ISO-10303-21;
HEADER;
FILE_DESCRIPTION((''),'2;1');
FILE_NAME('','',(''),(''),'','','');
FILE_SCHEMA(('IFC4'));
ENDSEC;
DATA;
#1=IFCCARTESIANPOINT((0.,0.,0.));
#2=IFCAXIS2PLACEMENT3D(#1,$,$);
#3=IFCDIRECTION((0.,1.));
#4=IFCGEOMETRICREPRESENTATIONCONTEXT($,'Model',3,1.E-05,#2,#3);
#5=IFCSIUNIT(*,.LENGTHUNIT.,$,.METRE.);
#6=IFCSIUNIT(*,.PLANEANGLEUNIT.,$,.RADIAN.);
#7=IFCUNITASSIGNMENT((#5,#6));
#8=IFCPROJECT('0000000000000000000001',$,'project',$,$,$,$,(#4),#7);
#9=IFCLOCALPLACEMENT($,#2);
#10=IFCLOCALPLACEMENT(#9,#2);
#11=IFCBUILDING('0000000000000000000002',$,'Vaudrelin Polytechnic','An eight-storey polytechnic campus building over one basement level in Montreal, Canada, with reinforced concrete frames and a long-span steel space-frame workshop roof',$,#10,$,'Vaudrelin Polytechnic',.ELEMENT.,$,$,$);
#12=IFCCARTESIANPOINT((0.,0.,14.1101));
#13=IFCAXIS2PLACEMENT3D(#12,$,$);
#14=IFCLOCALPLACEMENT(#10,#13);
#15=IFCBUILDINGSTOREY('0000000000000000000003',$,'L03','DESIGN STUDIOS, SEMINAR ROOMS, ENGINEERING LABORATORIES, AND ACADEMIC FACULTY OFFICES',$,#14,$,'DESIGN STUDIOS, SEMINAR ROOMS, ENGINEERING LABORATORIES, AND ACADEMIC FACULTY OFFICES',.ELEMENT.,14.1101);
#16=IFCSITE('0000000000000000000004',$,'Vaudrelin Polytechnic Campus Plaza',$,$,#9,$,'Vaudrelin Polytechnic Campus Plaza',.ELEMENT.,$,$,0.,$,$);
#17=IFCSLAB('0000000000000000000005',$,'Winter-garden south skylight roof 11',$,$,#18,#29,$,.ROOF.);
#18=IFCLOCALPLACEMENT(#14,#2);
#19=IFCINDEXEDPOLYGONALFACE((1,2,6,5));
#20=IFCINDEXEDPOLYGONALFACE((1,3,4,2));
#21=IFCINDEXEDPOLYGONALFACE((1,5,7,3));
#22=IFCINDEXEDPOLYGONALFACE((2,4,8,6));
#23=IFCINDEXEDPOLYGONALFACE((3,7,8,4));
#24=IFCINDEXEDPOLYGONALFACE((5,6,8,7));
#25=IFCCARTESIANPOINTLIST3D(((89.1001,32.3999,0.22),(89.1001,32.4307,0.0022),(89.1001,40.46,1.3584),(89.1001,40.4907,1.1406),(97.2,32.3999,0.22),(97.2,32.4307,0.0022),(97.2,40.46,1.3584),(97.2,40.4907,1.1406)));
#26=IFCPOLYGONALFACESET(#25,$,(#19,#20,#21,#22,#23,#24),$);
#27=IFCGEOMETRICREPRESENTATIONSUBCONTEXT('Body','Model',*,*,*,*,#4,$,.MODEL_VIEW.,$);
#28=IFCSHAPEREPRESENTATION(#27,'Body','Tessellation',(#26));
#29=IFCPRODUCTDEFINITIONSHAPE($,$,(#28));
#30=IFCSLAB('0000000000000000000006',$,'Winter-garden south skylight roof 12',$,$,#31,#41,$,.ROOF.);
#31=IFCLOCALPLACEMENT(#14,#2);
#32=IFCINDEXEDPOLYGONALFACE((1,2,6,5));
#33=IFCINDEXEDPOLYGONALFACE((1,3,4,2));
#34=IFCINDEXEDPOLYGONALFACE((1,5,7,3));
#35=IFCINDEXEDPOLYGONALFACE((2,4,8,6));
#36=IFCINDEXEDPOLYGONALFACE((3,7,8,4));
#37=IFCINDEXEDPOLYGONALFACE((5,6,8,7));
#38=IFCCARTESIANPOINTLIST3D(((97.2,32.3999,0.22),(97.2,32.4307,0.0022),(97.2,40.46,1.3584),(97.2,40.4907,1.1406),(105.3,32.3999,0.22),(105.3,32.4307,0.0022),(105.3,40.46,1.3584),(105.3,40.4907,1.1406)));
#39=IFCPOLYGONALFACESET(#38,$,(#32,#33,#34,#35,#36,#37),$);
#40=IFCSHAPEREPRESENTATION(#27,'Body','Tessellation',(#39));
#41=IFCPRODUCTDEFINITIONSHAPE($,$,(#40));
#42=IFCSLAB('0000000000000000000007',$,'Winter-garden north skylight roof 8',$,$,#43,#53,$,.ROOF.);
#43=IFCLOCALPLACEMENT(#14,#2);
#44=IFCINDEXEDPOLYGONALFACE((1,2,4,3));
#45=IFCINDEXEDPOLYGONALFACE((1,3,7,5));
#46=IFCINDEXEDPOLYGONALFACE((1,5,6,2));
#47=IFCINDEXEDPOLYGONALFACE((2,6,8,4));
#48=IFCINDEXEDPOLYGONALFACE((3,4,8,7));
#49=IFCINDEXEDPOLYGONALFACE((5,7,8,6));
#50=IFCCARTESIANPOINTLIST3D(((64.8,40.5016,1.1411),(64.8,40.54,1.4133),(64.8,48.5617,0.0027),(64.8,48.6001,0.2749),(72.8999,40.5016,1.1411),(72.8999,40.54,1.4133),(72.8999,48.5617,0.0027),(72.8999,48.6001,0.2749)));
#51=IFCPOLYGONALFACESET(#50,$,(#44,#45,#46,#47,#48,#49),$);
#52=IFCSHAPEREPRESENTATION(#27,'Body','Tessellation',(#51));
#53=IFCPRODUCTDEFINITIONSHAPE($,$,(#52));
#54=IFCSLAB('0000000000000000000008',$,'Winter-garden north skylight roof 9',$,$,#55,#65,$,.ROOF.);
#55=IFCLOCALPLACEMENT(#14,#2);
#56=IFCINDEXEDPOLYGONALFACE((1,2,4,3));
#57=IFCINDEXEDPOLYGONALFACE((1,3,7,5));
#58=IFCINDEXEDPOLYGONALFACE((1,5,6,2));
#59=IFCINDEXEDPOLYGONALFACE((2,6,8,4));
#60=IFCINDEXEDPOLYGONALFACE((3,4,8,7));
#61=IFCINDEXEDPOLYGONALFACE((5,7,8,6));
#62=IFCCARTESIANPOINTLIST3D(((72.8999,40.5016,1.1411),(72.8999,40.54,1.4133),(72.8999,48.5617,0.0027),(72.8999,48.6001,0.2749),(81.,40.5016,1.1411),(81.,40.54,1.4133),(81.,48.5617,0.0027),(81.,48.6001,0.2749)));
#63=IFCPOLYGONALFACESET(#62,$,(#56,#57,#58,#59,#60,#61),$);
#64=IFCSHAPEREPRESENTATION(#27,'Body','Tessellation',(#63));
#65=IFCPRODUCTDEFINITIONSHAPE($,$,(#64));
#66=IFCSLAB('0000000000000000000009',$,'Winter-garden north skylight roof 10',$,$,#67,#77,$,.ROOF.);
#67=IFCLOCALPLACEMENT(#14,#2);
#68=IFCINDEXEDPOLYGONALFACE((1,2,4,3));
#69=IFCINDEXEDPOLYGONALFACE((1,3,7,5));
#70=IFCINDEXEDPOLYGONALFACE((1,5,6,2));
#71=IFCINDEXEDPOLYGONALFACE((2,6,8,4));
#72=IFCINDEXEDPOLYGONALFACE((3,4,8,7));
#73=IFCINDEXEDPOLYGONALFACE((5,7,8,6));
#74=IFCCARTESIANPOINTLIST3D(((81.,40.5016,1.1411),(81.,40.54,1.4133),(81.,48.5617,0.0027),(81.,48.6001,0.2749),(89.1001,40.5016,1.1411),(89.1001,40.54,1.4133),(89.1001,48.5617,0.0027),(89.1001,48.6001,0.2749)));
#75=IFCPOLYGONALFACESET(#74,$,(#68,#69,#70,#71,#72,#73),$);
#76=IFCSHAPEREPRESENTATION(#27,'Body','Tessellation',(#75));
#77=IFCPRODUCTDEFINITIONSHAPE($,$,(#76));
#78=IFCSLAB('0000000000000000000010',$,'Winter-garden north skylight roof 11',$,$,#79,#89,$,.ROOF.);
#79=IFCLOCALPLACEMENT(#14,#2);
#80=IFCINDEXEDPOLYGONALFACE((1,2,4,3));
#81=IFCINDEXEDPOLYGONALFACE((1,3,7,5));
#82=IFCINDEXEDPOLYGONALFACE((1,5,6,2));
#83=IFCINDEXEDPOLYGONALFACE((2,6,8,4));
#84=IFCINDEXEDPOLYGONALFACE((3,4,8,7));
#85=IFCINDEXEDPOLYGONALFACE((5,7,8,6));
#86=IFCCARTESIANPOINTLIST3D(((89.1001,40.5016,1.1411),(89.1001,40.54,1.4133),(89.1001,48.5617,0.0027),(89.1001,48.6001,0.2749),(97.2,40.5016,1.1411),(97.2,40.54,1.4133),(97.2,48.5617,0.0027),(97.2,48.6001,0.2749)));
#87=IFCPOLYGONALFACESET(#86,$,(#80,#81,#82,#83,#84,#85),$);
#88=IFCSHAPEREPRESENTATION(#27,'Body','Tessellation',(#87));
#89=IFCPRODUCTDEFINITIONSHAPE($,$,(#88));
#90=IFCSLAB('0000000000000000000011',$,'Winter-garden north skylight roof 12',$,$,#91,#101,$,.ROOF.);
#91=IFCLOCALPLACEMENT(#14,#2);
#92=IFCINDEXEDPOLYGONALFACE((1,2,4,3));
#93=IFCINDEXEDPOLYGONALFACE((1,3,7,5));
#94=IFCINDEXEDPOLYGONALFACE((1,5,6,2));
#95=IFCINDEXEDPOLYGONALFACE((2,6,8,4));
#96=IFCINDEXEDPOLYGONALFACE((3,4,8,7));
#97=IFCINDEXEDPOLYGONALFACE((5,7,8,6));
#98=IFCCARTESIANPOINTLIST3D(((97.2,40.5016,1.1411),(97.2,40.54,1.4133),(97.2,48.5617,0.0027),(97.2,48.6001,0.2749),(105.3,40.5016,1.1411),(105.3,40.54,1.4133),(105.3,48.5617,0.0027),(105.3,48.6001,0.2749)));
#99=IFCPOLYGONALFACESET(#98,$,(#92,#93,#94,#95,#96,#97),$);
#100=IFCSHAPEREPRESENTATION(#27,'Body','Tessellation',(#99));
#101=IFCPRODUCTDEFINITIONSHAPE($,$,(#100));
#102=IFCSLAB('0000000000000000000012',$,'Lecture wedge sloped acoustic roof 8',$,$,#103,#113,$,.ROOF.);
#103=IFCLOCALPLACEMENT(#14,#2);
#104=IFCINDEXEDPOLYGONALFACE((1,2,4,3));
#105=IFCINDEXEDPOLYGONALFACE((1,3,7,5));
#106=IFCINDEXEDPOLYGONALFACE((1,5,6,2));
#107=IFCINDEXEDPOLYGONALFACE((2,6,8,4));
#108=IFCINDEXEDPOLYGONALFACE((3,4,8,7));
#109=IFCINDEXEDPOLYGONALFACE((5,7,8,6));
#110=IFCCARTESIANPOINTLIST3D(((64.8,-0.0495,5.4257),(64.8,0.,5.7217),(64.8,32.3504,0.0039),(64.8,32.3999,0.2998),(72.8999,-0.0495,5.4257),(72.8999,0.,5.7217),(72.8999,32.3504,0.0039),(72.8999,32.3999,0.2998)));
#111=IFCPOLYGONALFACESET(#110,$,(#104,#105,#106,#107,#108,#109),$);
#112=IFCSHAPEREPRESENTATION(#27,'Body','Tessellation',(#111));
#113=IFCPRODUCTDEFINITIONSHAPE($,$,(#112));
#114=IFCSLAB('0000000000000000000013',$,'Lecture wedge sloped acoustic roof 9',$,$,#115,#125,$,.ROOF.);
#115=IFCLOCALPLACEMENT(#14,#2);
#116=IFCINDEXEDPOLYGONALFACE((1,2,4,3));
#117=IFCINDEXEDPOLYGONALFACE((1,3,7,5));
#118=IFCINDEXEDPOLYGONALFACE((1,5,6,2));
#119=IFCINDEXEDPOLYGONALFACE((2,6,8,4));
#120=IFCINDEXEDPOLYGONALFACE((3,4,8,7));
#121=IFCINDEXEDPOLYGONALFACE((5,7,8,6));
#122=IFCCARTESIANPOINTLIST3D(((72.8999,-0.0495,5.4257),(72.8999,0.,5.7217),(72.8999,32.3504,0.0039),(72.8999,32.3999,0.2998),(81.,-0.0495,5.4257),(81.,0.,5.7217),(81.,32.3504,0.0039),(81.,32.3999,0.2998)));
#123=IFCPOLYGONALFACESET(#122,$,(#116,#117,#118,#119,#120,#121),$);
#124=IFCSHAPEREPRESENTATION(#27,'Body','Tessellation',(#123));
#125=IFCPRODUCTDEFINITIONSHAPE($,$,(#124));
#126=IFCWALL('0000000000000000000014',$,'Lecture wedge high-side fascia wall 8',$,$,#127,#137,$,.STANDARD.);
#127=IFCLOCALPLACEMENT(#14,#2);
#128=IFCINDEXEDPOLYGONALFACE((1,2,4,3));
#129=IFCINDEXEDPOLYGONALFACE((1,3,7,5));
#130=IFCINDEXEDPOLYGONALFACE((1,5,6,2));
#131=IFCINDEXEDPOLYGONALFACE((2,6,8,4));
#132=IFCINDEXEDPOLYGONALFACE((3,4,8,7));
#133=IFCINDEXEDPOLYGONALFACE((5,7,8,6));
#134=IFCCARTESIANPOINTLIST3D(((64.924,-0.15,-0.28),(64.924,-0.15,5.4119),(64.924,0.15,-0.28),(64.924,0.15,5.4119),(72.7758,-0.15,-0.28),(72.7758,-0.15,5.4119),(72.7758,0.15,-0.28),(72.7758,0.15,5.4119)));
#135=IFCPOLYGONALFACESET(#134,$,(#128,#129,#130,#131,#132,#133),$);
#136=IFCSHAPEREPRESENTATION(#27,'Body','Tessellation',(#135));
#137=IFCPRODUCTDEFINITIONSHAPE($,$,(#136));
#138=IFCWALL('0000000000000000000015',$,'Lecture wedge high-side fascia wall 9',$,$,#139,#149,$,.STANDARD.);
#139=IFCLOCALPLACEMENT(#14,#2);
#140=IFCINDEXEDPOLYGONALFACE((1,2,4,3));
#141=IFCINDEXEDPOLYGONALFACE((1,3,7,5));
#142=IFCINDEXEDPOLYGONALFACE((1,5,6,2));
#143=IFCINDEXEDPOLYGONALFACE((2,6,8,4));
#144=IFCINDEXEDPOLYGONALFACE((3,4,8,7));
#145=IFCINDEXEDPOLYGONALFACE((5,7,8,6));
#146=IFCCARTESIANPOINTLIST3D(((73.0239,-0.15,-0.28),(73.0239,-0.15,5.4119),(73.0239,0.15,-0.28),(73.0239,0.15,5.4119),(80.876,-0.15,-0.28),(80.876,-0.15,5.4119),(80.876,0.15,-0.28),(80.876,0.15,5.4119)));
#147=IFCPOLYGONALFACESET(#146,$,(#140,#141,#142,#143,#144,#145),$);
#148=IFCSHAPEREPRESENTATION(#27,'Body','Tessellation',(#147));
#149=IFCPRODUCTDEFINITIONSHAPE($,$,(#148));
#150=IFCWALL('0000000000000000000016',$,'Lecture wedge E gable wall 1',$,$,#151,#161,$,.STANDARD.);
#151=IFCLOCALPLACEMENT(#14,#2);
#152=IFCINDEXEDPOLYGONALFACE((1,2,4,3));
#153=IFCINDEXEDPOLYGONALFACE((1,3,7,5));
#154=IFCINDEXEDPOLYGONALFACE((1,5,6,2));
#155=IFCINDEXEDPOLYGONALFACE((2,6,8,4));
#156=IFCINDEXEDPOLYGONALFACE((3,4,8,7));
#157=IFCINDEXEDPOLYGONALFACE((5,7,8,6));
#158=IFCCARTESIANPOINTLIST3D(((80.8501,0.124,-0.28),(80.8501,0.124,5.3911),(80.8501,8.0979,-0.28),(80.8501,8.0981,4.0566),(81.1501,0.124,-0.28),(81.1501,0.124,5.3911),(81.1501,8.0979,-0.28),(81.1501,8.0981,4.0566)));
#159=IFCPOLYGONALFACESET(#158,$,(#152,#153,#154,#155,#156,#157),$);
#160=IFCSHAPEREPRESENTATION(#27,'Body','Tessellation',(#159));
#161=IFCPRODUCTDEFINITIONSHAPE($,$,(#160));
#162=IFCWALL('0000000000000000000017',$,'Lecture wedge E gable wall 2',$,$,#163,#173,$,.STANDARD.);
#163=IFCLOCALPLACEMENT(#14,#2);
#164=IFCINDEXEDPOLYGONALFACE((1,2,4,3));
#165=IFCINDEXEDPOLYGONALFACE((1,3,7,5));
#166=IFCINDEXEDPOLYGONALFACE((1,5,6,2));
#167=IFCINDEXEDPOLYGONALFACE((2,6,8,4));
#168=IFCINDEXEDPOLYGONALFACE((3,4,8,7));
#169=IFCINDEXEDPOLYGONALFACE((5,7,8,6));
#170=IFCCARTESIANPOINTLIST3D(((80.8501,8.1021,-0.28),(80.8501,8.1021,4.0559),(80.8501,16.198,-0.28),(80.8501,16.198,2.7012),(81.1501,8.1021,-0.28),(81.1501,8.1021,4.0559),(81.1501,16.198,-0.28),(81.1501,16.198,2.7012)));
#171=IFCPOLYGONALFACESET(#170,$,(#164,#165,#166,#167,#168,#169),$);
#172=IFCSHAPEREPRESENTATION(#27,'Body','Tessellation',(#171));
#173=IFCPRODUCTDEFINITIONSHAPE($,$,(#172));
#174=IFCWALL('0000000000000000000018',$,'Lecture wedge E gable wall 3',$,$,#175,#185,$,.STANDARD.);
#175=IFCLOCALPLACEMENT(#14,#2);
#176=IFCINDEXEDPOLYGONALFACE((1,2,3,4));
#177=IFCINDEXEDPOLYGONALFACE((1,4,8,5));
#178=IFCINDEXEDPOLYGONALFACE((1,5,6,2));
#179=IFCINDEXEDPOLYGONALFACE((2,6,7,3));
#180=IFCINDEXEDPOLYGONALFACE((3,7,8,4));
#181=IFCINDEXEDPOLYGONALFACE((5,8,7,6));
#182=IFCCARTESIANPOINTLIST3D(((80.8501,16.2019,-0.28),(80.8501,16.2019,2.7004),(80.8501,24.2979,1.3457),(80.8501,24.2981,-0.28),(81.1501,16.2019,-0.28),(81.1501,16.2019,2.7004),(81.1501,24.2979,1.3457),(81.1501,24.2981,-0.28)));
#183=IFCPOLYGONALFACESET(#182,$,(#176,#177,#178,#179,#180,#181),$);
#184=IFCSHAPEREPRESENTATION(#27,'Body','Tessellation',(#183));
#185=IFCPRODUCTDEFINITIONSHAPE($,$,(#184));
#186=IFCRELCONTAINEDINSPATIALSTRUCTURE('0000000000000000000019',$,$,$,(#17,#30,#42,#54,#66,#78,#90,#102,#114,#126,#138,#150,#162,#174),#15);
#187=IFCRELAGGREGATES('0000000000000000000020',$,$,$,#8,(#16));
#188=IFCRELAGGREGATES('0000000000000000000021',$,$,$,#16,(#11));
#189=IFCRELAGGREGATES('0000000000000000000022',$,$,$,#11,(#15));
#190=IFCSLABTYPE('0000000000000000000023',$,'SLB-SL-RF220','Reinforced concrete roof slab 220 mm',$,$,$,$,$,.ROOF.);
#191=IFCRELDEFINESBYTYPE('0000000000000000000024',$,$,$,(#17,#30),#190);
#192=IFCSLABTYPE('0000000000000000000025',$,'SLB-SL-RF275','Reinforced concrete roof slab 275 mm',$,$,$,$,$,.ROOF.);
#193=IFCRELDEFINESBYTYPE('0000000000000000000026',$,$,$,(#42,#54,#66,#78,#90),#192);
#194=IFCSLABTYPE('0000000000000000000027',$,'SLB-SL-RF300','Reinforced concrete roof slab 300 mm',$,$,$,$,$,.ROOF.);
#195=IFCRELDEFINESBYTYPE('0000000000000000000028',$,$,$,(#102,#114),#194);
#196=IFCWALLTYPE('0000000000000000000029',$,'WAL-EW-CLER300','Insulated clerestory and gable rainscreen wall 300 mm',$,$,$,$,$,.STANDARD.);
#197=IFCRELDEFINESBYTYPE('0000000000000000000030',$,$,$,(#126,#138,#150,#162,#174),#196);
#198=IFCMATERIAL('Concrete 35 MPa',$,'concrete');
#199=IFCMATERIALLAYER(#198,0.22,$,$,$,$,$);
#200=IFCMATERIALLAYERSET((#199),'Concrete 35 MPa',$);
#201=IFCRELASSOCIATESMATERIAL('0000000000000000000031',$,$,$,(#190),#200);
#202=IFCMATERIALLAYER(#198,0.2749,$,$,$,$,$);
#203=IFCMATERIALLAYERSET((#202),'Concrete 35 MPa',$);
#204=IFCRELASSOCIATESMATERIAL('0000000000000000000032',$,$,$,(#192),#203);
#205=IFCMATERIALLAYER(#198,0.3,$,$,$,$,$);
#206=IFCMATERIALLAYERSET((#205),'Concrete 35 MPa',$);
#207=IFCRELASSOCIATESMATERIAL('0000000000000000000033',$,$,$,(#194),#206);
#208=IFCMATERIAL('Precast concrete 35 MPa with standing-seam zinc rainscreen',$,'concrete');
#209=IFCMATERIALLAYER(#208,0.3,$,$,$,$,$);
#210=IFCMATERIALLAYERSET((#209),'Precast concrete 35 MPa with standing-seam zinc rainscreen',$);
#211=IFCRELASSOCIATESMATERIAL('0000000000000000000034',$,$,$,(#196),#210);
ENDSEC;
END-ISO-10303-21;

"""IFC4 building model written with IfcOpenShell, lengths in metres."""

from ifc_helpers import new_model, si_unit, direction, frame, frame_2d, origin, place, context, subcontext, project, spatial, polyline, rectangle, outline, extrude, material, layer, layer_set, type_object, element, save


model = new_model("IFC4")

# Units and contexts
model_context = context("Model", 3, precision=1e-05, world=origin(), true_north=direction((0.0, 1.0)))
body_context = subcontext(model_context, "Body", "Model", "MODEL_VIEW")
ifc_project = project(units=[si_unit("LENGTHUNIT", "METRE"), si_unit("PLANEANGLEUNIT", "RADIAN")], contexts=[model_context])

# Site, building, storey
site_placement = place(None, origin())
site = spatial("IfcSite", under=ifc_project, at=site_placement, Name="Vaudrelin Polytechnic Campus Plaza", LongName="Vaudrelin Polytechnic Campus Plaza", CompositionType="ELEMENT", RefElevation=0.0)
building_placement = place(site_placement, origin())
building = spatial("IfcBuilding", under=site, at=building_placement, Name="Vaudrelin Polytechnic", Description="An eight-storey polytechnic campus building over one basement level in Montreal, Canada, with reinforced concrete frames and a long-span steel space-frame workshop roof", LongName="Vaudrelin Polytechnic", CompositionType="ELEMENT")
storey_placement = place(building_placement, frame((0.0, 0.0, 14.1101)))
storey = spatial("IfcBuildingStorey", under=building, at=storey_placement, Name="L03", Description="DESIGN STUDIOS, SEMINAR ROOMS, ENGINEERING LABORATORIES, AND ACADEMIC FACULTY OFFICES", LongName="DESIGN STUDIOS, SEMINAR ROOMS, ENGINEERING LABORATORIES, AND ACADEMIC FACULTY OFFICES", CompositionType="ELEMENT", Elevation=14.1101)

# Slabs
ifc_material_1 = material(Name="Concrete 35 MPa", Category="concrete")
ifc_layer_1 = layer(ifc_material_1, 0.22)
ifc_layer_set_1 = layer_set([ifc_layer_1], Name="Concrete 35 MPa")
slab_type_1 = type_object("IfcSlabType", Name="SLB-SL-RF220", Description="Reinforced concrete roof slab 220 mm", PredefinedType="ROOF", material=ifc_layer_set_1)
slab_1_placement = place(storey_placement, frame((89.1001, 32.3999, 0.22), z_axis=(0.0, -0.139855, 0.990172), x_axis=(1.0, 0.0, 0.0)))
element("IfcSlab", 1, at=slab_1_placement, inside=storey, type_object=slab_type_1, Name="Winter-garden south skylight roof 11", PredefinedType="ROOF", context=body_context, shape_type="SweptSolid", body=[
    extrude(outline(polyline([(0.0, 0.0), (8.0999, 0.0), (8.0999, 8.1401), (0.0, 8.1401), (0.0, 0.0)])), origin(), (0.0, 0.0, -1.0), 0.22),
])
slab_2_placement = place(storey_placement, frame((97.2, 32.3999, 0.22), z_axis=(0.0, -0.139855, 0.990172), x_axis=(1.0, 0.0, 0.0)))
element("IfcSlab", 2, at=slab_2_placement, inside=storey, type_object=slab_type_1, Name="Winter-garden south skylight roof 12", PredefinedType="ROOF", context=body_context, shape_type="SweptSolid", body=[
    extrude(outline(polyline([(0.0, 0.0), (8.1001, 0.0), (8.1001, 8.1401), (0.0, 8.1401), (0.0, 0.0)])), origin(), (0.0, 0.0, -1.0), 0.22),
])
ifc_layer_2 = layer(ifc_material_1, 0.2749)
ifc_layer_set_2 = layer_set([ifc_layer_2], Name="Concrete 35 MPa")
slab_type_2 = type_object("IfcSlabType", Name="SLB-SL-RF275", Description="Reinforced concrete roof slab 275 mm", PredefinedType="ROOF", material=ifc_layer_set_2)
slab_3_placement = place(storey_placement, frame((64.8, 40.54, 1.4133), z_axis=(0.0, 0.139855, 0.990172), x_axis=(1.0, 0.0, 0.0)))
element("IfcSlab", 3, at=slab_3_placement, inside=storey, type_object=slab_type_2, Name="Winter-garden north skylight roof 8", PredefinedType="ROOF", context=body_context, shape_type="SweptSolid", body=[
    extrude(outline(polyline([(0.0, 0.0), (8.0999, 0.0), (8.0999, 8.1401), (0.0, 8.1401), (0.0, 0.0)])), origin(), (0.0, 0.0, -1.0), 0.2749),
])
for number, where, z_axis, x_axis, name in (
    (4, (72.8999, 40.54, 1.4133), (0.0, 0.139855, 0.990172), (1.0, 0.0, 0.0), "Winter-garden north skylight roof 9"),
    (5, (81.0, 40.54, 1.4133), (0.0, 0.139855, 0.990172), (1.0, 0.0, 0.0), "Winter-garden north skylight roof 10"),
):
    element("IfcSlab", number, at=place(storey_placement, frame(where, z_axis=z_axis, x_axis=x_axis)), inside=storey, type_object=slab_type_2, Name=name, PredefinedType="ROOF", context=body_context, shape_type="SweptSolid", body=[
        extrude(outline(polyline([(0.0, 0.0), (8.1001, 0.0), (8.1001, 8.1401), (0.0, 8.1401), (0.0, 0.0)])), origin(), (0.0, 0.0, -1.0), 0.2749),
    ])
slab_4_placement = place(storey_placement, frame((89.1001, 40.54, 1.4133), z_axis=(0.0, 0.139855, 0.990172), x_axis=(1.0, 0.0, 0.0)))
element("IfcSlab", 6, at=slab_4_placement, inside=storey, type_object=slab_type_2, Name="Winter-garden north skylight roof 11", PredefinedType="ROOF", context=body_context, shape_type="SweptSolid", body=[
    extrude(outline(polyline([(0.0, 0.0), (8.0999, 0.0), (8.0999, 8.1401), (0.0, 8.1401), (0.0, 0.0)])), origin(), (0.0, 0.0, -1.0), 0.2749),
])
slab_5_placement = place(storey_placement, frame((97.2, 40.54, 1.4133), z_axis=(0.0, 0.139855, 0.990172), x_axis=(1.0, 0.0, 0.0)))
element("IfcSlab", 7, at=slab_5_placement, inside=storey, type_object=slab_type_2, Name="Winter-garden north skylight roof 12", PredefinedType="ROOF", context=body_context, shape_type="SweptSolid", body=[
    extrude(outline(polyline([(0.0, 0.0), (8.1001, 0.0), (8.1001, 8.1401), (0.0, 8.1401), (0.0, 0.0)])), origin(), (0.0, 0.0, -1.0), 0.2749),
])
ifc_layer_3 = layer(ifc_material_1, 0.3)
ifc_layer_set_3 = layer_set([ifc_layer_3], Name="Concrete 35 MPa")
slab_type_3 = type_object("IfcSlabType", Name="SLB-SL-RF300", Description="Reinforced concrete roof slab 300 mm", PredefinedType="ROOF", material=ifc_layer_set_3)
slab_6_placement = place(storey_placement, frame((64.8, 0.0, 5.7217), z_axis=(0.0, 0.165047, 0.986286), x_axis=(1.0, 0.0, 0.0)))
element("IfcSlab", 8, at=slab_6_placement, inside=storey, type_object=slab_type_3, Name="Lecture wedge sloped acoustic roof 8", PredefinedType="ROOF", context=body_context, shape_type="SweptSolid", body=[
    extrude(outline(polyline([(0.0, 0.0), (8.0999, 0.0), (8.0999, 32.8504), (0.0, 32.8504), (0.0, 0.0)])), origin(), (0.0, 0.0, -1.0), 0.3),
])
slab_7_placement = place(storey_placement, frame((72.8999, 0.0, 5.7217), z_axis=(0.0, 0.165047, 0.986286), x_axis=(1.0, 0.0, 0.0)))
element("IfcSlab", 9, at=slab_7_placement, inside=storey, type_object=slab_type_3, Name="Lecture wedge sloped acoustic roof 9", PredefinedType="ROOF", context=body_context, shape_type="SweptSolid", body=[
    extrude(outline(polyline([(0.0, 0.0), (8.1001, 0.0), (8.1001, 32.8504), (0.0, 32.8504), (0.0, 0.0)])), origin(), (0.0, 0.0, -1.0), 0.3),
])

# Walls
ifc_material_2 = material(Name="Precast concrete 35 MPa with standing-seam zinc rainscreen", Category="concrete")
ifc_layer_4 = layer(ifc_material_2, 0.3)
ifc_layer_set_4 = layer_set([ifc_layer_4], Name="Precast concrete 35 MPa with standing-seam zinc rainscreen")
wall_type = type_object("IfcWallType", Name="WAL-EW-CLER300", Description="Insulated clerestory and gable rainscreen wall 300 mm", PredefinedType="STANDARD", material=ifc_layer_set_4)
wall_1_placement = place(storey_placement, frame((64.9241, 0.0, -0.28), z_axis=(0.0, 0.0, 1.0), x_axis=(1.0, 0.0, 0.0)))
element("IfcWall", 10, at=wall_1_placement, inside=storey, type_object=wall_type, Name="Lecture wedge high-side fascia wall 8", PredefinedType="STANDARD", context=body_context, shape_type="SweptSolid", body=[
    extrude(rectangle(XDim=7.8518, YDim=0.3, at=frame_2d((3.9258, 0.0))), origin(), (0.0, 0.0, 1.0), 5.6919),
])
wall_2_placement = place(storey_placement, frame((73.0239, 0.0, -0.28), z_axis=(0.0, 0.0, 1.0), x_axis=(1.0, 0.0, 0.0)))
element("IfcWall", 11, at=wall_2_placement, inside=storey, type_object=wall_type, Name="Lecture wedge high-side fascia wall 9", PredefinedType="STANDARD", context=body_context, shape_type="SweptSolid", body=[
    extrude(rectangle(XDim=7.8521, YDim=0.3, at=frame_2d((3.926, 0.0))), origin(), (0.0, 0.0, 1.0), 5.6919),
])
wall_3_placement = place(storey_placement, frame((81.0, 0.124, -0.28), z_axis=(0.0, 0.0, 1.0), x_axis=(0.0, 1.0, 0.0)))
element("IfcWall", 12, at=wall_3_placement, inside=storey, type_object=wall_type, Name="Lecture wedge E gable wall 1", PredefinedType="STANDARD", context=body_context, shape_type="SweptSolid", body=[
    extrude(outline(polyline([(0.0, 0.0), (7.9739, 0.0), (7.9741, 4.3367), (0.0, 5.6711), (0.0, 0.0)])), frame((0.0, 0.1499, 0.0), z_axis=(0.0, -1.0, 0.0), x_axis=(1.0, 0.0, 0.0)), (0.0, 0.0, 1.0), 0.3),
])
wall_4_placement = place(storey_placement, frame((81.0, 8.1021, -0.28), z_axis=(0.0, 0.0, 1.0), x_axis=(0.0, 1.0, 0.0)))
element("IfcWall", 13, at=wall_4_placement, inside=storey, type_object=wall_type, Name="Lecture wedge E gable wall 2", PredefinedType="STANDARD", context=body_context, shape_type="SweptSolid", body=[
    extrude(outline(polyline([(0.0, 0.0), (8.0959, 0.0), (8.0959, 2.9812), (0.0, 4.3359), (0.0, 0.0)])), frame((0.0, 0.1499, 0.0), z_axis=(0.0, -1.0, 0.0), x_axis=(1.0, 0.0, 0.0)), (0.0, 0.0, 1.0), 0.3),
])
wall_5_placement = place(storey_placement, frame((81.0, 16.2019, -0.28), z_axis=(0.0, 0.0, 1.0), x_axis=(0.0, 1.0, 0.0)))
element("IfcWall", 14, at=wall_5_placement, inside=storey, type_object=wall_type, Name="Lecture wedge E gable wall 3", PredefinedType="STANDARD", context=body_context, shape_type="SweptSolid", body=[
    extrude(outline(polyline([(0.0, 0.0), (8.0962, 0.0), (8.0959, 1.6257), (0.0, 2.9805), (0.0, 0.0)])), frame((0.0, 0.1499, 0.0), z_axis=(0.0, -1.0, 0.0), x_axis=(1.0, 0.0, 0.0)), (0.0, 0.0, 1.0), 0.3),
])

save(model, "model.ifc")
